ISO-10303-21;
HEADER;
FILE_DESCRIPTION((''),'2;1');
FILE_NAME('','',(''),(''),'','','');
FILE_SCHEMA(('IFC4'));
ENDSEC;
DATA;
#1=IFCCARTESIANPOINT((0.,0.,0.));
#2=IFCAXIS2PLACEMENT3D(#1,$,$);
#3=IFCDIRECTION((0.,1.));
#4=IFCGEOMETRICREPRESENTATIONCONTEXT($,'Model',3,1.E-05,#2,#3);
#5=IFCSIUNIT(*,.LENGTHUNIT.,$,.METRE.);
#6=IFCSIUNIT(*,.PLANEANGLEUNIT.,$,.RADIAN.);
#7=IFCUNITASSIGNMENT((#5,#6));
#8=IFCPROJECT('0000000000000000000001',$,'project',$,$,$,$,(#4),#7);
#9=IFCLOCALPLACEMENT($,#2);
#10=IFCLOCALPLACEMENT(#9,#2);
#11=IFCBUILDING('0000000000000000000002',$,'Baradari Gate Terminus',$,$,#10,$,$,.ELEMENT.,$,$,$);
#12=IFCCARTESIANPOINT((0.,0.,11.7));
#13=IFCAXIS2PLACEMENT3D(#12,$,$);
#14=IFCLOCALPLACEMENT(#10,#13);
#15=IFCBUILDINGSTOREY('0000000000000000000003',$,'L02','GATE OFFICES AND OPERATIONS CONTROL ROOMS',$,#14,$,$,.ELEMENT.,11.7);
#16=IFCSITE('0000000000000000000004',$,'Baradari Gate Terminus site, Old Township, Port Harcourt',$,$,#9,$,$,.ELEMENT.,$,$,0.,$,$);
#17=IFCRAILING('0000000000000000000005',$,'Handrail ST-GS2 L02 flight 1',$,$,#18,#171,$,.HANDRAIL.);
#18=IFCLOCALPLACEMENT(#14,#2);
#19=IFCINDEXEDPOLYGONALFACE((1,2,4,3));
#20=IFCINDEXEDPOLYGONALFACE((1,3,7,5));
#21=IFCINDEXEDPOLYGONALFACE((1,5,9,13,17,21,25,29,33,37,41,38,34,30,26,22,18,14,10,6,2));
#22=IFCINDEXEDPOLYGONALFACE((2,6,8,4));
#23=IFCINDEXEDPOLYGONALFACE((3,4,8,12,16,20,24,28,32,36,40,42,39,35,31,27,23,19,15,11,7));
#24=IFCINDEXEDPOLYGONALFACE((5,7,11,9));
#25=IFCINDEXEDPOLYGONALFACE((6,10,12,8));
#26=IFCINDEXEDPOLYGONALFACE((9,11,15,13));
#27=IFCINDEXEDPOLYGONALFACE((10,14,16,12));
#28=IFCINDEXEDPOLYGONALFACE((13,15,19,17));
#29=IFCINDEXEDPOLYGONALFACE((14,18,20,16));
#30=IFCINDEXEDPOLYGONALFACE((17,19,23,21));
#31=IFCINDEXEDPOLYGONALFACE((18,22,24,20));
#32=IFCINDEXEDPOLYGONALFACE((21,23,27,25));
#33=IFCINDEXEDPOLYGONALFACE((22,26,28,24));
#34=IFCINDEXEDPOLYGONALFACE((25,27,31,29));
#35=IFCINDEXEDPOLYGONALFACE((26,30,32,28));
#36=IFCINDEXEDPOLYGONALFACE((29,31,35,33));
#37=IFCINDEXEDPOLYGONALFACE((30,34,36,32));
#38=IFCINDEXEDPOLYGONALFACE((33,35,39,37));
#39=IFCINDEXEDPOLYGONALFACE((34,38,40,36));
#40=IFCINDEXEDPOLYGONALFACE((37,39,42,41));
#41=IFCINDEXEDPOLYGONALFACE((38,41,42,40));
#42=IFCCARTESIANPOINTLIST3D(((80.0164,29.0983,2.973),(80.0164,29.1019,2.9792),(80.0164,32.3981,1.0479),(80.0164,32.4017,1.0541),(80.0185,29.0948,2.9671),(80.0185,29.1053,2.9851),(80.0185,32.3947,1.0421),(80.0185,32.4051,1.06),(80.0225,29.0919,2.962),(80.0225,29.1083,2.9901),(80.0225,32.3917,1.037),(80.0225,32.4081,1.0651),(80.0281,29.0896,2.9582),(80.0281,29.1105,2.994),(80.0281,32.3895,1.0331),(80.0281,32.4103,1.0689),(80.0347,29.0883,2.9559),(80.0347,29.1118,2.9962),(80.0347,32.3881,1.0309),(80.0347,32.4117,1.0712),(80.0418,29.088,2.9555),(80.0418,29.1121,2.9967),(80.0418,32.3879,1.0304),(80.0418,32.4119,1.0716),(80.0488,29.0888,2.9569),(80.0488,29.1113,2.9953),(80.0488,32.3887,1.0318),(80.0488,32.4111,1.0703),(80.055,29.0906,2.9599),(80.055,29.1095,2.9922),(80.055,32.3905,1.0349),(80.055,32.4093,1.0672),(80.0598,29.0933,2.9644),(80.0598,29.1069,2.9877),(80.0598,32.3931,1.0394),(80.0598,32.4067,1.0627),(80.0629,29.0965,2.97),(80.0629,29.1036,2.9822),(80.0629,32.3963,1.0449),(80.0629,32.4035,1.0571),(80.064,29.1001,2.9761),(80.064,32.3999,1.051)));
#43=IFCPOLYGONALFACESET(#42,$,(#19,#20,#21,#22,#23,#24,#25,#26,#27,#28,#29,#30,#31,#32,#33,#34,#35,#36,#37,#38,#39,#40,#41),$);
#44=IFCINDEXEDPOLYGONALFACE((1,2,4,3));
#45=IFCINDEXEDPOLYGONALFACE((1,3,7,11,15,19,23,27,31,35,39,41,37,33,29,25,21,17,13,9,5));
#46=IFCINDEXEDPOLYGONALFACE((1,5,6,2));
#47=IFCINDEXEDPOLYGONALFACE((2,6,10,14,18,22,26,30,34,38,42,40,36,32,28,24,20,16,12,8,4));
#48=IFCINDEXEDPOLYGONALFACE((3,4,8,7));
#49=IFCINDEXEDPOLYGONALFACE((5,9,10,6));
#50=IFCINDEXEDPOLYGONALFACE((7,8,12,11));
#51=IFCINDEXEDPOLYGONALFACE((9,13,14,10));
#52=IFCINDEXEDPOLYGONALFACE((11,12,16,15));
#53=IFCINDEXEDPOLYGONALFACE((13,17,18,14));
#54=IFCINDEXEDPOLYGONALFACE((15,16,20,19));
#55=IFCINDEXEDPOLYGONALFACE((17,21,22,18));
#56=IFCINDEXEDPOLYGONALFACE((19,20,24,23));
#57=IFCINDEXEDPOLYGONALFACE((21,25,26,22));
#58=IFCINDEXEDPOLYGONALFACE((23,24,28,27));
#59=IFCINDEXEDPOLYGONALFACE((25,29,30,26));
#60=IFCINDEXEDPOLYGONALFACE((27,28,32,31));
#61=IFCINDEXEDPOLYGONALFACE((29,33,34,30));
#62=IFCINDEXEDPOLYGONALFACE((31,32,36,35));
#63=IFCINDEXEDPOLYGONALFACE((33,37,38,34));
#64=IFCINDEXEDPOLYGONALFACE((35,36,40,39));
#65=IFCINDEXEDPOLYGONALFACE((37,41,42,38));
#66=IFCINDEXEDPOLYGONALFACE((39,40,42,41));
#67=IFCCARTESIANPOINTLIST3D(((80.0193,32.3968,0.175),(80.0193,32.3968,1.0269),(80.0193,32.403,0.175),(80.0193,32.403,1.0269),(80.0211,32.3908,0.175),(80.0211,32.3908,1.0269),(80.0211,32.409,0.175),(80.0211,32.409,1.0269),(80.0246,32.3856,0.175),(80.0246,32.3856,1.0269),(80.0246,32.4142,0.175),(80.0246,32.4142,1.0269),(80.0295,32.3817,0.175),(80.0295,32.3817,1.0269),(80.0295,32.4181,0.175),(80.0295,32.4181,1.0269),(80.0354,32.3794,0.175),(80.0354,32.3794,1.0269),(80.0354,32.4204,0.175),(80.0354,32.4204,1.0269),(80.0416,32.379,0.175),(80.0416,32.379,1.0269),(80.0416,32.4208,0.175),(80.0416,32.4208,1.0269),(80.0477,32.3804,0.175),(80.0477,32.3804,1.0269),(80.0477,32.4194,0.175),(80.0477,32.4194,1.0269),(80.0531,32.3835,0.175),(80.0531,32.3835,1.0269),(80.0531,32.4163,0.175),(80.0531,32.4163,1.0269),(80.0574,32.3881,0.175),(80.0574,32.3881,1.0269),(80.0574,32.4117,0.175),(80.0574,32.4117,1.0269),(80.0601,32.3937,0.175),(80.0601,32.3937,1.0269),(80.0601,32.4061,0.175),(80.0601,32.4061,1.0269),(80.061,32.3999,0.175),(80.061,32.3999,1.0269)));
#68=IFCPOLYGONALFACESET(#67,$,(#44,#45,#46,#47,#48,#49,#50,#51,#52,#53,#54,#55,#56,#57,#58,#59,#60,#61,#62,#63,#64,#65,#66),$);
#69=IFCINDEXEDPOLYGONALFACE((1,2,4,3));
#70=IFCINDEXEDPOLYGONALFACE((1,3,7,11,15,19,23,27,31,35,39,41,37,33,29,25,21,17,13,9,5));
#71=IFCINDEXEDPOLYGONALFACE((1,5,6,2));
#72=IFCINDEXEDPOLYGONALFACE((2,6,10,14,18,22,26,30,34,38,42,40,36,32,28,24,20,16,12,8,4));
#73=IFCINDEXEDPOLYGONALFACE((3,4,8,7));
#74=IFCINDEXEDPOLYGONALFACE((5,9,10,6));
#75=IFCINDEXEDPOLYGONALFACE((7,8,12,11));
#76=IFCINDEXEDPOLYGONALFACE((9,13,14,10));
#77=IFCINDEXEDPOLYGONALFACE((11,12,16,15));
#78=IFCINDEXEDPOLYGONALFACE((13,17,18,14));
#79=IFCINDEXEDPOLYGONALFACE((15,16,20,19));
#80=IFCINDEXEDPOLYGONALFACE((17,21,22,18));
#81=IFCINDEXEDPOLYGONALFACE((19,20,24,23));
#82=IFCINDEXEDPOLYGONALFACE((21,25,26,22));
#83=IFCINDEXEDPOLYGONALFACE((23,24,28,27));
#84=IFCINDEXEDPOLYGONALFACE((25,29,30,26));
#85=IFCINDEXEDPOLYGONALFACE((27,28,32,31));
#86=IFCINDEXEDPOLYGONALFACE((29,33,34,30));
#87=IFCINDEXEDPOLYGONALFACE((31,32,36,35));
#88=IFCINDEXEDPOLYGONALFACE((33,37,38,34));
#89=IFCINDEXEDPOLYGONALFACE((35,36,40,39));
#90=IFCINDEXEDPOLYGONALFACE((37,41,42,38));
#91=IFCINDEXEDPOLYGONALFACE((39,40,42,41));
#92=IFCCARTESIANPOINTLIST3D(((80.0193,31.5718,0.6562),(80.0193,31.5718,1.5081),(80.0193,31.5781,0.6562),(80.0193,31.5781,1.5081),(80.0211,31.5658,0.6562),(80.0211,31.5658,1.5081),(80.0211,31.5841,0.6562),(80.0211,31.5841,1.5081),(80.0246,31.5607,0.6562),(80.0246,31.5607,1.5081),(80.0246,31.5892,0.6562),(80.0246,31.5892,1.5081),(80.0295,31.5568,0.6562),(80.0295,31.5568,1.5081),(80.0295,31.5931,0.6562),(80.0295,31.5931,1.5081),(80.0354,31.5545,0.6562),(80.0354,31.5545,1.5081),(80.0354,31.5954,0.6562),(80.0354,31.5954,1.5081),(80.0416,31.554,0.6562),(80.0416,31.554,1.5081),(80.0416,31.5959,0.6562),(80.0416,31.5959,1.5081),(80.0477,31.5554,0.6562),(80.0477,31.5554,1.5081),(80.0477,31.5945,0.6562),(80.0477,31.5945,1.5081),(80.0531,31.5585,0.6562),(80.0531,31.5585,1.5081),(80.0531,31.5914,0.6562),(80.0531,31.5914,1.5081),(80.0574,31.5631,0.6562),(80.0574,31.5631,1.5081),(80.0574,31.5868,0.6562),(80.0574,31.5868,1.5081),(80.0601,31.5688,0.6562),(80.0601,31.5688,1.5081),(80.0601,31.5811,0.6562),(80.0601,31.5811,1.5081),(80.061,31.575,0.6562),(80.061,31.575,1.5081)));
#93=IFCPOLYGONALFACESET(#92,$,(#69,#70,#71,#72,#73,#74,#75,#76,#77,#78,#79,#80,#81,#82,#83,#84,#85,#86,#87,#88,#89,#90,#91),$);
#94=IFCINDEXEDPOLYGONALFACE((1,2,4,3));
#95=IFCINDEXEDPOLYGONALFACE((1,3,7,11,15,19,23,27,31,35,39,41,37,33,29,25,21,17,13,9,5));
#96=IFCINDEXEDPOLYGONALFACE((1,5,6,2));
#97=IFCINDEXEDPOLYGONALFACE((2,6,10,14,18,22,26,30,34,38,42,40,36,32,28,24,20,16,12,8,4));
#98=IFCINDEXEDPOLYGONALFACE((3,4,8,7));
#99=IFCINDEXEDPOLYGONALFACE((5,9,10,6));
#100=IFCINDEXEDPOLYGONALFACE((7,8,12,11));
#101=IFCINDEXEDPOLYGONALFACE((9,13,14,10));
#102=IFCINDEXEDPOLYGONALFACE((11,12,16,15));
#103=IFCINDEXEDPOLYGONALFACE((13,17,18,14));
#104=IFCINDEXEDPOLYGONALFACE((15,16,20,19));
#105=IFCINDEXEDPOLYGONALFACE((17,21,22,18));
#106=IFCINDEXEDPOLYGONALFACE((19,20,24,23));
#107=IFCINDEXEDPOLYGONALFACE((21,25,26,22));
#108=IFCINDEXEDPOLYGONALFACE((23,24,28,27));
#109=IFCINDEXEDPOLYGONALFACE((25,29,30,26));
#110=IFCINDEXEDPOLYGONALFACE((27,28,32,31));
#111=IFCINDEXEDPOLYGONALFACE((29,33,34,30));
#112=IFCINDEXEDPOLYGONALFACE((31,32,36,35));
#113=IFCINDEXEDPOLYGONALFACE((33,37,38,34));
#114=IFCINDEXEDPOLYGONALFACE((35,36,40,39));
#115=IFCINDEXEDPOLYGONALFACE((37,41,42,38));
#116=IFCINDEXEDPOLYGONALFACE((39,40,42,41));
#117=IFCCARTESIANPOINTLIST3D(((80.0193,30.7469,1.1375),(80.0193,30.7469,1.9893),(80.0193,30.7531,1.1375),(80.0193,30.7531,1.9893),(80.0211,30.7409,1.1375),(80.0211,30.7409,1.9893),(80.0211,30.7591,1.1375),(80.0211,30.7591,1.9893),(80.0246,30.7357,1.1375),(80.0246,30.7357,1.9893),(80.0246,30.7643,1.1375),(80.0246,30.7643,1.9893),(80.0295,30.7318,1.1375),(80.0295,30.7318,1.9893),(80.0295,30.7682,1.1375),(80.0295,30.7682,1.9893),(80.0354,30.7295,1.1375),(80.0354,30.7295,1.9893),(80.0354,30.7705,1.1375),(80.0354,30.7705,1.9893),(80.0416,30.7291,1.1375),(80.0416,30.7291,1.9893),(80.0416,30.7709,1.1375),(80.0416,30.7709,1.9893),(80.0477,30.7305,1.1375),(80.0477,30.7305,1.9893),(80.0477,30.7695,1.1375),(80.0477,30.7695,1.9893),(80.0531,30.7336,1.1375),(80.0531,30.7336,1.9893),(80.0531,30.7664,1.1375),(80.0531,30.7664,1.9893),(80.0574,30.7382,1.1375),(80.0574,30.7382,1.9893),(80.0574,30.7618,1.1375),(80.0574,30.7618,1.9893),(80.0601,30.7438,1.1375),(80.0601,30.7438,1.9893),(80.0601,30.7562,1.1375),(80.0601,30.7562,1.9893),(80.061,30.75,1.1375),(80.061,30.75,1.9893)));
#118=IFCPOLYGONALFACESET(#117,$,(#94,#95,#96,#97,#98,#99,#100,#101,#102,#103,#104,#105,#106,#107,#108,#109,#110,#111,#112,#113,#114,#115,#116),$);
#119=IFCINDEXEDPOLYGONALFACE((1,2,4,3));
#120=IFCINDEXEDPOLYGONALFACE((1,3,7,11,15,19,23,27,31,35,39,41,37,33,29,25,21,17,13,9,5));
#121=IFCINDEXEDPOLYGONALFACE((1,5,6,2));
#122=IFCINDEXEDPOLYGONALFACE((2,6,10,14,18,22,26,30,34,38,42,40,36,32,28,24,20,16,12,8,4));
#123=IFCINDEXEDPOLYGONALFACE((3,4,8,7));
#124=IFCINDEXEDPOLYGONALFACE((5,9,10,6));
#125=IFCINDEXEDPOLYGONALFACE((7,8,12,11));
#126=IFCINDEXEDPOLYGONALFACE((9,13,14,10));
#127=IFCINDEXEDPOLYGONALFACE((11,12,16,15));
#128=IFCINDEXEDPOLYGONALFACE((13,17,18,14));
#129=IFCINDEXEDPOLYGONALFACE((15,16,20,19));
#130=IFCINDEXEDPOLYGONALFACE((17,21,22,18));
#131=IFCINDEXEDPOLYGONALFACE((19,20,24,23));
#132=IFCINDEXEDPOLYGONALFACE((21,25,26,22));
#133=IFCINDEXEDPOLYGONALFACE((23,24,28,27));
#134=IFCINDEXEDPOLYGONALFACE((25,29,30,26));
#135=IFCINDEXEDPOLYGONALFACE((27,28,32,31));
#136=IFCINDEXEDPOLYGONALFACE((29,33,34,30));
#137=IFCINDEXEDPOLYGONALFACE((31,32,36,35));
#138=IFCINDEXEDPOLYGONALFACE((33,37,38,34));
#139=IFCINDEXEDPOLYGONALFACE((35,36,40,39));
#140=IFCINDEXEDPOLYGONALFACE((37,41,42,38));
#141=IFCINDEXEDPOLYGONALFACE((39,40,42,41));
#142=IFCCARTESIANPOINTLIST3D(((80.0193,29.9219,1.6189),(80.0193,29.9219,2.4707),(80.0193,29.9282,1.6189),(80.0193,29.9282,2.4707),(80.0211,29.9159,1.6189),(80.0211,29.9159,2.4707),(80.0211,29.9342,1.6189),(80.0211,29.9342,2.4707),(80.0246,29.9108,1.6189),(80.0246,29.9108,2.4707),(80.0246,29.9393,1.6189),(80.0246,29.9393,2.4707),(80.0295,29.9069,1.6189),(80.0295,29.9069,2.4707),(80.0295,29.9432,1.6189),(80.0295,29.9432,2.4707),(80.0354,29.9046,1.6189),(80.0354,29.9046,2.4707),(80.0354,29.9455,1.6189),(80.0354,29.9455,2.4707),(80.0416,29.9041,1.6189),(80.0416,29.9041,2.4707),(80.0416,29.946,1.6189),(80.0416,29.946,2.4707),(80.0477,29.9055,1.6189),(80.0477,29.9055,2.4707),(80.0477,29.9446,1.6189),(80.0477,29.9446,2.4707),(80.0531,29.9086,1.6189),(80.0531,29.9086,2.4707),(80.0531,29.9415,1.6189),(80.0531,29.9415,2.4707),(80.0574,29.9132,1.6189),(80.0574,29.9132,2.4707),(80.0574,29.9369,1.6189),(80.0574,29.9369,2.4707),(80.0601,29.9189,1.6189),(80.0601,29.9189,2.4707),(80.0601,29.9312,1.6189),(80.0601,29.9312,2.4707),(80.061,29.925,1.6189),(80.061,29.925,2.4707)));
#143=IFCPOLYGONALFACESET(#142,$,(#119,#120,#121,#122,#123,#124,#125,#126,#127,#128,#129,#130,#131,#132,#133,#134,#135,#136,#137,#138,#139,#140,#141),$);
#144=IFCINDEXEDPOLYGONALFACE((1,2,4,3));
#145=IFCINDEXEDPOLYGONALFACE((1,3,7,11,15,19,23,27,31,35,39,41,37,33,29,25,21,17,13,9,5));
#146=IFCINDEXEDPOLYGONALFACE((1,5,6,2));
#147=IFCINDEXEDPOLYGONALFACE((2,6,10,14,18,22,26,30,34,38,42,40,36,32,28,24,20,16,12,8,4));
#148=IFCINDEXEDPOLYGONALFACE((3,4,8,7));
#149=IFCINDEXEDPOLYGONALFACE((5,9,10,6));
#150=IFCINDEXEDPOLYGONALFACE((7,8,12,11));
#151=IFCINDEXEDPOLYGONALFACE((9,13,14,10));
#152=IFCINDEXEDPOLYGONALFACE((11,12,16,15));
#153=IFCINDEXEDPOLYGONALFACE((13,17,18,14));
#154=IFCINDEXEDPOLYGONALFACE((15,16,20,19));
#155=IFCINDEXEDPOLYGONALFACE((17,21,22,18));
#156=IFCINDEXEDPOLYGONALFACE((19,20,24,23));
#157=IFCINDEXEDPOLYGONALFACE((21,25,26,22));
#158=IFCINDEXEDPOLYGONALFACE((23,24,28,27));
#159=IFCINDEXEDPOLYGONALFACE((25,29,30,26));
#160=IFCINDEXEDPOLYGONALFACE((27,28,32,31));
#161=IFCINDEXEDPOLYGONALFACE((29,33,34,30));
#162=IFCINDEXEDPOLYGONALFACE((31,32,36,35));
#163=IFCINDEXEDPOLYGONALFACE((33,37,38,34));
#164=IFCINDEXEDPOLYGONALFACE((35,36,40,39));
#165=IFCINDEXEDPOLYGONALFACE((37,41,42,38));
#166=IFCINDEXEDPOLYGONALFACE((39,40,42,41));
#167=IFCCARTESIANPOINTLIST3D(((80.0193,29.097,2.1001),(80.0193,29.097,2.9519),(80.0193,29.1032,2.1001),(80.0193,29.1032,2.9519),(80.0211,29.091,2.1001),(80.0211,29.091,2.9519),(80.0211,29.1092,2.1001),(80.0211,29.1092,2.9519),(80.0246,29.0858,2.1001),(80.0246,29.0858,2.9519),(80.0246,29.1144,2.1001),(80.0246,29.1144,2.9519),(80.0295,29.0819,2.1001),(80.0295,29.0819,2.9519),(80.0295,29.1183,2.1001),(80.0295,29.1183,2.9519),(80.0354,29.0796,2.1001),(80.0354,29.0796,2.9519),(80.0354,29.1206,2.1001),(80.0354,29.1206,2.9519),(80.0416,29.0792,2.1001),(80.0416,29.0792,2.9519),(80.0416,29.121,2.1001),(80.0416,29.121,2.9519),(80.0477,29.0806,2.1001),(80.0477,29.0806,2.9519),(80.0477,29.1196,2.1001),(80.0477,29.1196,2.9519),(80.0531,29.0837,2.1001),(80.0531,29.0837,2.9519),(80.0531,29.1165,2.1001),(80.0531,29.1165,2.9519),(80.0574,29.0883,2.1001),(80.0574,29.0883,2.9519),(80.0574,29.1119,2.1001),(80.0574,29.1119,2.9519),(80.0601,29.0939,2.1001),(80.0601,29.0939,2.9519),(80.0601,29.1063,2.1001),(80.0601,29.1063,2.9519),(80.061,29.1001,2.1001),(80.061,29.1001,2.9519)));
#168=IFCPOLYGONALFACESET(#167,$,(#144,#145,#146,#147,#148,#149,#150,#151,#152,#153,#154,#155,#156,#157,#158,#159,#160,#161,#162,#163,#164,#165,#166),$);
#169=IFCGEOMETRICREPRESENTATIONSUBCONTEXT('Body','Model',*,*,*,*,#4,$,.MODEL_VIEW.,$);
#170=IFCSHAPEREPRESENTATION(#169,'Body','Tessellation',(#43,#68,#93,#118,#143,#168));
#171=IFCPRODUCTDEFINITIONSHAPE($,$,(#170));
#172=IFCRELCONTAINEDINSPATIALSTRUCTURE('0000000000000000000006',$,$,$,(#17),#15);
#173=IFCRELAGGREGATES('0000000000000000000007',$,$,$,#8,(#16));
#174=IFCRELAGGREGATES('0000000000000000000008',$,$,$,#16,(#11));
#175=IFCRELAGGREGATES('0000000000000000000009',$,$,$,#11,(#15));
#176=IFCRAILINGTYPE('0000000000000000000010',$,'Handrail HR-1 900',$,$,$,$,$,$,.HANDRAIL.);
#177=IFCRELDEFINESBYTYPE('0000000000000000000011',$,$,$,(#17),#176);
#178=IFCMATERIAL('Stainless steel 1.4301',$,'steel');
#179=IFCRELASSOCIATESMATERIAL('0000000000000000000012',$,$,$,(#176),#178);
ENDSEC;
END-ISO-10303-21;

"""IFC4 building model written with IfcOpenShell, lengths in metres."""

from ifc_helpers import new_model, si_unit, direction, frame, origin, origin_2d, place, context, subcontext, project, spatial, circle, extrude, material, type_object, element, save


model = new_model("IFC4")

# Units and contexts
model_context = context("Model", 3, precision=1e-05, world=origin(), true_north=direction((0.0, 1.0)))
body_context = subcontext(model_context, "Body", "Model", "MODEL_VIEW")
ifc_project = project(units=[si_unit("LENGTHUNIT", "METRE"), si_unit("PLANEANGLEUNIT", "RADIAN")], contexts=[model_context])

# Site, building, storey
site_placement = place(None, origin())
site = spatial("IfcSite", under=ifc_project, at=site_placement, Name="Baradari Gate Terminus site, Old Township, Port Harcourt", CompositionType="ELEMENT", RefElevation=0.0)
building_placement = place(site_placement, origin())
building = spatial("IfcBuilding", under=site, at=building_placement, Name="Baradari Gate Terminus", CompositionType="ELEMENT")
storey_placement = place(building_placement, frame((0.0, 0.0, 11.7)))
storey = spatial("IfcBuildingStorey", under=building, at=storey_placement, Name="L02", Description="GATE OFFICES AND OPERATIONS CONTROL ROOMS", CompositionType="ELEMENT", Elevation=11.7)

# Railing
ifc_material_1 = material(Name="Stainless steel 1.4301", Category="steel")
railing_type = type_object("IfcRailingType", Name="Handrail HR-1 900", PredefinedType="HANDRAIL", material=ifc_material_1)
railing_placement = place(storey_placement, frame((80.04, 32.3999, 0.175)))
element("IfcRailing", 1, at=railing_placement, inside=storey, type_object=railing_type, Name="Handrail ST-GS2 L02 flight 1", PredefinedType="HANDRAIL", context=body_context, shape_type="SweptSolid", body=[
    extrude(circle(Radius=0.0239, at=origin_2d()), frame((0.0, 0.0, 0.876), z_axis=(0.0, -0.86376, 0.503903), x_axis=(1.0, 0.0, 0.0)), (0.0, 0.0, 1.0), 3.8203),
    extrude(circle(Radius=0.021, at=origin_2d()), origin(), (0.0, 0.0, 1.0), 0.8518),
    extrude(circle(Radius=0.021, at=origin_2d()), frame((0.0, -0.825, 0.4812)), (0.0, 0.0, 1.0), 0.8518),
    extrude(circle(Radius=0.021, at=origin_2d()), frame((0.0, -1.6499, 0.9624)), (0.0, 0.0, 1.0), 0.8518),
    extrude(circle(Radius=0.021, at=origin_2d()), frame((0.0, -2.4749, 1.4438)), (0.0, 0.0, 1.0), 0.8518),
    extrude(circle(Radius=0.021, at=origin_2d()), frame((0.0, -3.2998, 1.925)), (0.0, 0.0, 1.0), 0.8518),
])

save(model, "model.ifc")
